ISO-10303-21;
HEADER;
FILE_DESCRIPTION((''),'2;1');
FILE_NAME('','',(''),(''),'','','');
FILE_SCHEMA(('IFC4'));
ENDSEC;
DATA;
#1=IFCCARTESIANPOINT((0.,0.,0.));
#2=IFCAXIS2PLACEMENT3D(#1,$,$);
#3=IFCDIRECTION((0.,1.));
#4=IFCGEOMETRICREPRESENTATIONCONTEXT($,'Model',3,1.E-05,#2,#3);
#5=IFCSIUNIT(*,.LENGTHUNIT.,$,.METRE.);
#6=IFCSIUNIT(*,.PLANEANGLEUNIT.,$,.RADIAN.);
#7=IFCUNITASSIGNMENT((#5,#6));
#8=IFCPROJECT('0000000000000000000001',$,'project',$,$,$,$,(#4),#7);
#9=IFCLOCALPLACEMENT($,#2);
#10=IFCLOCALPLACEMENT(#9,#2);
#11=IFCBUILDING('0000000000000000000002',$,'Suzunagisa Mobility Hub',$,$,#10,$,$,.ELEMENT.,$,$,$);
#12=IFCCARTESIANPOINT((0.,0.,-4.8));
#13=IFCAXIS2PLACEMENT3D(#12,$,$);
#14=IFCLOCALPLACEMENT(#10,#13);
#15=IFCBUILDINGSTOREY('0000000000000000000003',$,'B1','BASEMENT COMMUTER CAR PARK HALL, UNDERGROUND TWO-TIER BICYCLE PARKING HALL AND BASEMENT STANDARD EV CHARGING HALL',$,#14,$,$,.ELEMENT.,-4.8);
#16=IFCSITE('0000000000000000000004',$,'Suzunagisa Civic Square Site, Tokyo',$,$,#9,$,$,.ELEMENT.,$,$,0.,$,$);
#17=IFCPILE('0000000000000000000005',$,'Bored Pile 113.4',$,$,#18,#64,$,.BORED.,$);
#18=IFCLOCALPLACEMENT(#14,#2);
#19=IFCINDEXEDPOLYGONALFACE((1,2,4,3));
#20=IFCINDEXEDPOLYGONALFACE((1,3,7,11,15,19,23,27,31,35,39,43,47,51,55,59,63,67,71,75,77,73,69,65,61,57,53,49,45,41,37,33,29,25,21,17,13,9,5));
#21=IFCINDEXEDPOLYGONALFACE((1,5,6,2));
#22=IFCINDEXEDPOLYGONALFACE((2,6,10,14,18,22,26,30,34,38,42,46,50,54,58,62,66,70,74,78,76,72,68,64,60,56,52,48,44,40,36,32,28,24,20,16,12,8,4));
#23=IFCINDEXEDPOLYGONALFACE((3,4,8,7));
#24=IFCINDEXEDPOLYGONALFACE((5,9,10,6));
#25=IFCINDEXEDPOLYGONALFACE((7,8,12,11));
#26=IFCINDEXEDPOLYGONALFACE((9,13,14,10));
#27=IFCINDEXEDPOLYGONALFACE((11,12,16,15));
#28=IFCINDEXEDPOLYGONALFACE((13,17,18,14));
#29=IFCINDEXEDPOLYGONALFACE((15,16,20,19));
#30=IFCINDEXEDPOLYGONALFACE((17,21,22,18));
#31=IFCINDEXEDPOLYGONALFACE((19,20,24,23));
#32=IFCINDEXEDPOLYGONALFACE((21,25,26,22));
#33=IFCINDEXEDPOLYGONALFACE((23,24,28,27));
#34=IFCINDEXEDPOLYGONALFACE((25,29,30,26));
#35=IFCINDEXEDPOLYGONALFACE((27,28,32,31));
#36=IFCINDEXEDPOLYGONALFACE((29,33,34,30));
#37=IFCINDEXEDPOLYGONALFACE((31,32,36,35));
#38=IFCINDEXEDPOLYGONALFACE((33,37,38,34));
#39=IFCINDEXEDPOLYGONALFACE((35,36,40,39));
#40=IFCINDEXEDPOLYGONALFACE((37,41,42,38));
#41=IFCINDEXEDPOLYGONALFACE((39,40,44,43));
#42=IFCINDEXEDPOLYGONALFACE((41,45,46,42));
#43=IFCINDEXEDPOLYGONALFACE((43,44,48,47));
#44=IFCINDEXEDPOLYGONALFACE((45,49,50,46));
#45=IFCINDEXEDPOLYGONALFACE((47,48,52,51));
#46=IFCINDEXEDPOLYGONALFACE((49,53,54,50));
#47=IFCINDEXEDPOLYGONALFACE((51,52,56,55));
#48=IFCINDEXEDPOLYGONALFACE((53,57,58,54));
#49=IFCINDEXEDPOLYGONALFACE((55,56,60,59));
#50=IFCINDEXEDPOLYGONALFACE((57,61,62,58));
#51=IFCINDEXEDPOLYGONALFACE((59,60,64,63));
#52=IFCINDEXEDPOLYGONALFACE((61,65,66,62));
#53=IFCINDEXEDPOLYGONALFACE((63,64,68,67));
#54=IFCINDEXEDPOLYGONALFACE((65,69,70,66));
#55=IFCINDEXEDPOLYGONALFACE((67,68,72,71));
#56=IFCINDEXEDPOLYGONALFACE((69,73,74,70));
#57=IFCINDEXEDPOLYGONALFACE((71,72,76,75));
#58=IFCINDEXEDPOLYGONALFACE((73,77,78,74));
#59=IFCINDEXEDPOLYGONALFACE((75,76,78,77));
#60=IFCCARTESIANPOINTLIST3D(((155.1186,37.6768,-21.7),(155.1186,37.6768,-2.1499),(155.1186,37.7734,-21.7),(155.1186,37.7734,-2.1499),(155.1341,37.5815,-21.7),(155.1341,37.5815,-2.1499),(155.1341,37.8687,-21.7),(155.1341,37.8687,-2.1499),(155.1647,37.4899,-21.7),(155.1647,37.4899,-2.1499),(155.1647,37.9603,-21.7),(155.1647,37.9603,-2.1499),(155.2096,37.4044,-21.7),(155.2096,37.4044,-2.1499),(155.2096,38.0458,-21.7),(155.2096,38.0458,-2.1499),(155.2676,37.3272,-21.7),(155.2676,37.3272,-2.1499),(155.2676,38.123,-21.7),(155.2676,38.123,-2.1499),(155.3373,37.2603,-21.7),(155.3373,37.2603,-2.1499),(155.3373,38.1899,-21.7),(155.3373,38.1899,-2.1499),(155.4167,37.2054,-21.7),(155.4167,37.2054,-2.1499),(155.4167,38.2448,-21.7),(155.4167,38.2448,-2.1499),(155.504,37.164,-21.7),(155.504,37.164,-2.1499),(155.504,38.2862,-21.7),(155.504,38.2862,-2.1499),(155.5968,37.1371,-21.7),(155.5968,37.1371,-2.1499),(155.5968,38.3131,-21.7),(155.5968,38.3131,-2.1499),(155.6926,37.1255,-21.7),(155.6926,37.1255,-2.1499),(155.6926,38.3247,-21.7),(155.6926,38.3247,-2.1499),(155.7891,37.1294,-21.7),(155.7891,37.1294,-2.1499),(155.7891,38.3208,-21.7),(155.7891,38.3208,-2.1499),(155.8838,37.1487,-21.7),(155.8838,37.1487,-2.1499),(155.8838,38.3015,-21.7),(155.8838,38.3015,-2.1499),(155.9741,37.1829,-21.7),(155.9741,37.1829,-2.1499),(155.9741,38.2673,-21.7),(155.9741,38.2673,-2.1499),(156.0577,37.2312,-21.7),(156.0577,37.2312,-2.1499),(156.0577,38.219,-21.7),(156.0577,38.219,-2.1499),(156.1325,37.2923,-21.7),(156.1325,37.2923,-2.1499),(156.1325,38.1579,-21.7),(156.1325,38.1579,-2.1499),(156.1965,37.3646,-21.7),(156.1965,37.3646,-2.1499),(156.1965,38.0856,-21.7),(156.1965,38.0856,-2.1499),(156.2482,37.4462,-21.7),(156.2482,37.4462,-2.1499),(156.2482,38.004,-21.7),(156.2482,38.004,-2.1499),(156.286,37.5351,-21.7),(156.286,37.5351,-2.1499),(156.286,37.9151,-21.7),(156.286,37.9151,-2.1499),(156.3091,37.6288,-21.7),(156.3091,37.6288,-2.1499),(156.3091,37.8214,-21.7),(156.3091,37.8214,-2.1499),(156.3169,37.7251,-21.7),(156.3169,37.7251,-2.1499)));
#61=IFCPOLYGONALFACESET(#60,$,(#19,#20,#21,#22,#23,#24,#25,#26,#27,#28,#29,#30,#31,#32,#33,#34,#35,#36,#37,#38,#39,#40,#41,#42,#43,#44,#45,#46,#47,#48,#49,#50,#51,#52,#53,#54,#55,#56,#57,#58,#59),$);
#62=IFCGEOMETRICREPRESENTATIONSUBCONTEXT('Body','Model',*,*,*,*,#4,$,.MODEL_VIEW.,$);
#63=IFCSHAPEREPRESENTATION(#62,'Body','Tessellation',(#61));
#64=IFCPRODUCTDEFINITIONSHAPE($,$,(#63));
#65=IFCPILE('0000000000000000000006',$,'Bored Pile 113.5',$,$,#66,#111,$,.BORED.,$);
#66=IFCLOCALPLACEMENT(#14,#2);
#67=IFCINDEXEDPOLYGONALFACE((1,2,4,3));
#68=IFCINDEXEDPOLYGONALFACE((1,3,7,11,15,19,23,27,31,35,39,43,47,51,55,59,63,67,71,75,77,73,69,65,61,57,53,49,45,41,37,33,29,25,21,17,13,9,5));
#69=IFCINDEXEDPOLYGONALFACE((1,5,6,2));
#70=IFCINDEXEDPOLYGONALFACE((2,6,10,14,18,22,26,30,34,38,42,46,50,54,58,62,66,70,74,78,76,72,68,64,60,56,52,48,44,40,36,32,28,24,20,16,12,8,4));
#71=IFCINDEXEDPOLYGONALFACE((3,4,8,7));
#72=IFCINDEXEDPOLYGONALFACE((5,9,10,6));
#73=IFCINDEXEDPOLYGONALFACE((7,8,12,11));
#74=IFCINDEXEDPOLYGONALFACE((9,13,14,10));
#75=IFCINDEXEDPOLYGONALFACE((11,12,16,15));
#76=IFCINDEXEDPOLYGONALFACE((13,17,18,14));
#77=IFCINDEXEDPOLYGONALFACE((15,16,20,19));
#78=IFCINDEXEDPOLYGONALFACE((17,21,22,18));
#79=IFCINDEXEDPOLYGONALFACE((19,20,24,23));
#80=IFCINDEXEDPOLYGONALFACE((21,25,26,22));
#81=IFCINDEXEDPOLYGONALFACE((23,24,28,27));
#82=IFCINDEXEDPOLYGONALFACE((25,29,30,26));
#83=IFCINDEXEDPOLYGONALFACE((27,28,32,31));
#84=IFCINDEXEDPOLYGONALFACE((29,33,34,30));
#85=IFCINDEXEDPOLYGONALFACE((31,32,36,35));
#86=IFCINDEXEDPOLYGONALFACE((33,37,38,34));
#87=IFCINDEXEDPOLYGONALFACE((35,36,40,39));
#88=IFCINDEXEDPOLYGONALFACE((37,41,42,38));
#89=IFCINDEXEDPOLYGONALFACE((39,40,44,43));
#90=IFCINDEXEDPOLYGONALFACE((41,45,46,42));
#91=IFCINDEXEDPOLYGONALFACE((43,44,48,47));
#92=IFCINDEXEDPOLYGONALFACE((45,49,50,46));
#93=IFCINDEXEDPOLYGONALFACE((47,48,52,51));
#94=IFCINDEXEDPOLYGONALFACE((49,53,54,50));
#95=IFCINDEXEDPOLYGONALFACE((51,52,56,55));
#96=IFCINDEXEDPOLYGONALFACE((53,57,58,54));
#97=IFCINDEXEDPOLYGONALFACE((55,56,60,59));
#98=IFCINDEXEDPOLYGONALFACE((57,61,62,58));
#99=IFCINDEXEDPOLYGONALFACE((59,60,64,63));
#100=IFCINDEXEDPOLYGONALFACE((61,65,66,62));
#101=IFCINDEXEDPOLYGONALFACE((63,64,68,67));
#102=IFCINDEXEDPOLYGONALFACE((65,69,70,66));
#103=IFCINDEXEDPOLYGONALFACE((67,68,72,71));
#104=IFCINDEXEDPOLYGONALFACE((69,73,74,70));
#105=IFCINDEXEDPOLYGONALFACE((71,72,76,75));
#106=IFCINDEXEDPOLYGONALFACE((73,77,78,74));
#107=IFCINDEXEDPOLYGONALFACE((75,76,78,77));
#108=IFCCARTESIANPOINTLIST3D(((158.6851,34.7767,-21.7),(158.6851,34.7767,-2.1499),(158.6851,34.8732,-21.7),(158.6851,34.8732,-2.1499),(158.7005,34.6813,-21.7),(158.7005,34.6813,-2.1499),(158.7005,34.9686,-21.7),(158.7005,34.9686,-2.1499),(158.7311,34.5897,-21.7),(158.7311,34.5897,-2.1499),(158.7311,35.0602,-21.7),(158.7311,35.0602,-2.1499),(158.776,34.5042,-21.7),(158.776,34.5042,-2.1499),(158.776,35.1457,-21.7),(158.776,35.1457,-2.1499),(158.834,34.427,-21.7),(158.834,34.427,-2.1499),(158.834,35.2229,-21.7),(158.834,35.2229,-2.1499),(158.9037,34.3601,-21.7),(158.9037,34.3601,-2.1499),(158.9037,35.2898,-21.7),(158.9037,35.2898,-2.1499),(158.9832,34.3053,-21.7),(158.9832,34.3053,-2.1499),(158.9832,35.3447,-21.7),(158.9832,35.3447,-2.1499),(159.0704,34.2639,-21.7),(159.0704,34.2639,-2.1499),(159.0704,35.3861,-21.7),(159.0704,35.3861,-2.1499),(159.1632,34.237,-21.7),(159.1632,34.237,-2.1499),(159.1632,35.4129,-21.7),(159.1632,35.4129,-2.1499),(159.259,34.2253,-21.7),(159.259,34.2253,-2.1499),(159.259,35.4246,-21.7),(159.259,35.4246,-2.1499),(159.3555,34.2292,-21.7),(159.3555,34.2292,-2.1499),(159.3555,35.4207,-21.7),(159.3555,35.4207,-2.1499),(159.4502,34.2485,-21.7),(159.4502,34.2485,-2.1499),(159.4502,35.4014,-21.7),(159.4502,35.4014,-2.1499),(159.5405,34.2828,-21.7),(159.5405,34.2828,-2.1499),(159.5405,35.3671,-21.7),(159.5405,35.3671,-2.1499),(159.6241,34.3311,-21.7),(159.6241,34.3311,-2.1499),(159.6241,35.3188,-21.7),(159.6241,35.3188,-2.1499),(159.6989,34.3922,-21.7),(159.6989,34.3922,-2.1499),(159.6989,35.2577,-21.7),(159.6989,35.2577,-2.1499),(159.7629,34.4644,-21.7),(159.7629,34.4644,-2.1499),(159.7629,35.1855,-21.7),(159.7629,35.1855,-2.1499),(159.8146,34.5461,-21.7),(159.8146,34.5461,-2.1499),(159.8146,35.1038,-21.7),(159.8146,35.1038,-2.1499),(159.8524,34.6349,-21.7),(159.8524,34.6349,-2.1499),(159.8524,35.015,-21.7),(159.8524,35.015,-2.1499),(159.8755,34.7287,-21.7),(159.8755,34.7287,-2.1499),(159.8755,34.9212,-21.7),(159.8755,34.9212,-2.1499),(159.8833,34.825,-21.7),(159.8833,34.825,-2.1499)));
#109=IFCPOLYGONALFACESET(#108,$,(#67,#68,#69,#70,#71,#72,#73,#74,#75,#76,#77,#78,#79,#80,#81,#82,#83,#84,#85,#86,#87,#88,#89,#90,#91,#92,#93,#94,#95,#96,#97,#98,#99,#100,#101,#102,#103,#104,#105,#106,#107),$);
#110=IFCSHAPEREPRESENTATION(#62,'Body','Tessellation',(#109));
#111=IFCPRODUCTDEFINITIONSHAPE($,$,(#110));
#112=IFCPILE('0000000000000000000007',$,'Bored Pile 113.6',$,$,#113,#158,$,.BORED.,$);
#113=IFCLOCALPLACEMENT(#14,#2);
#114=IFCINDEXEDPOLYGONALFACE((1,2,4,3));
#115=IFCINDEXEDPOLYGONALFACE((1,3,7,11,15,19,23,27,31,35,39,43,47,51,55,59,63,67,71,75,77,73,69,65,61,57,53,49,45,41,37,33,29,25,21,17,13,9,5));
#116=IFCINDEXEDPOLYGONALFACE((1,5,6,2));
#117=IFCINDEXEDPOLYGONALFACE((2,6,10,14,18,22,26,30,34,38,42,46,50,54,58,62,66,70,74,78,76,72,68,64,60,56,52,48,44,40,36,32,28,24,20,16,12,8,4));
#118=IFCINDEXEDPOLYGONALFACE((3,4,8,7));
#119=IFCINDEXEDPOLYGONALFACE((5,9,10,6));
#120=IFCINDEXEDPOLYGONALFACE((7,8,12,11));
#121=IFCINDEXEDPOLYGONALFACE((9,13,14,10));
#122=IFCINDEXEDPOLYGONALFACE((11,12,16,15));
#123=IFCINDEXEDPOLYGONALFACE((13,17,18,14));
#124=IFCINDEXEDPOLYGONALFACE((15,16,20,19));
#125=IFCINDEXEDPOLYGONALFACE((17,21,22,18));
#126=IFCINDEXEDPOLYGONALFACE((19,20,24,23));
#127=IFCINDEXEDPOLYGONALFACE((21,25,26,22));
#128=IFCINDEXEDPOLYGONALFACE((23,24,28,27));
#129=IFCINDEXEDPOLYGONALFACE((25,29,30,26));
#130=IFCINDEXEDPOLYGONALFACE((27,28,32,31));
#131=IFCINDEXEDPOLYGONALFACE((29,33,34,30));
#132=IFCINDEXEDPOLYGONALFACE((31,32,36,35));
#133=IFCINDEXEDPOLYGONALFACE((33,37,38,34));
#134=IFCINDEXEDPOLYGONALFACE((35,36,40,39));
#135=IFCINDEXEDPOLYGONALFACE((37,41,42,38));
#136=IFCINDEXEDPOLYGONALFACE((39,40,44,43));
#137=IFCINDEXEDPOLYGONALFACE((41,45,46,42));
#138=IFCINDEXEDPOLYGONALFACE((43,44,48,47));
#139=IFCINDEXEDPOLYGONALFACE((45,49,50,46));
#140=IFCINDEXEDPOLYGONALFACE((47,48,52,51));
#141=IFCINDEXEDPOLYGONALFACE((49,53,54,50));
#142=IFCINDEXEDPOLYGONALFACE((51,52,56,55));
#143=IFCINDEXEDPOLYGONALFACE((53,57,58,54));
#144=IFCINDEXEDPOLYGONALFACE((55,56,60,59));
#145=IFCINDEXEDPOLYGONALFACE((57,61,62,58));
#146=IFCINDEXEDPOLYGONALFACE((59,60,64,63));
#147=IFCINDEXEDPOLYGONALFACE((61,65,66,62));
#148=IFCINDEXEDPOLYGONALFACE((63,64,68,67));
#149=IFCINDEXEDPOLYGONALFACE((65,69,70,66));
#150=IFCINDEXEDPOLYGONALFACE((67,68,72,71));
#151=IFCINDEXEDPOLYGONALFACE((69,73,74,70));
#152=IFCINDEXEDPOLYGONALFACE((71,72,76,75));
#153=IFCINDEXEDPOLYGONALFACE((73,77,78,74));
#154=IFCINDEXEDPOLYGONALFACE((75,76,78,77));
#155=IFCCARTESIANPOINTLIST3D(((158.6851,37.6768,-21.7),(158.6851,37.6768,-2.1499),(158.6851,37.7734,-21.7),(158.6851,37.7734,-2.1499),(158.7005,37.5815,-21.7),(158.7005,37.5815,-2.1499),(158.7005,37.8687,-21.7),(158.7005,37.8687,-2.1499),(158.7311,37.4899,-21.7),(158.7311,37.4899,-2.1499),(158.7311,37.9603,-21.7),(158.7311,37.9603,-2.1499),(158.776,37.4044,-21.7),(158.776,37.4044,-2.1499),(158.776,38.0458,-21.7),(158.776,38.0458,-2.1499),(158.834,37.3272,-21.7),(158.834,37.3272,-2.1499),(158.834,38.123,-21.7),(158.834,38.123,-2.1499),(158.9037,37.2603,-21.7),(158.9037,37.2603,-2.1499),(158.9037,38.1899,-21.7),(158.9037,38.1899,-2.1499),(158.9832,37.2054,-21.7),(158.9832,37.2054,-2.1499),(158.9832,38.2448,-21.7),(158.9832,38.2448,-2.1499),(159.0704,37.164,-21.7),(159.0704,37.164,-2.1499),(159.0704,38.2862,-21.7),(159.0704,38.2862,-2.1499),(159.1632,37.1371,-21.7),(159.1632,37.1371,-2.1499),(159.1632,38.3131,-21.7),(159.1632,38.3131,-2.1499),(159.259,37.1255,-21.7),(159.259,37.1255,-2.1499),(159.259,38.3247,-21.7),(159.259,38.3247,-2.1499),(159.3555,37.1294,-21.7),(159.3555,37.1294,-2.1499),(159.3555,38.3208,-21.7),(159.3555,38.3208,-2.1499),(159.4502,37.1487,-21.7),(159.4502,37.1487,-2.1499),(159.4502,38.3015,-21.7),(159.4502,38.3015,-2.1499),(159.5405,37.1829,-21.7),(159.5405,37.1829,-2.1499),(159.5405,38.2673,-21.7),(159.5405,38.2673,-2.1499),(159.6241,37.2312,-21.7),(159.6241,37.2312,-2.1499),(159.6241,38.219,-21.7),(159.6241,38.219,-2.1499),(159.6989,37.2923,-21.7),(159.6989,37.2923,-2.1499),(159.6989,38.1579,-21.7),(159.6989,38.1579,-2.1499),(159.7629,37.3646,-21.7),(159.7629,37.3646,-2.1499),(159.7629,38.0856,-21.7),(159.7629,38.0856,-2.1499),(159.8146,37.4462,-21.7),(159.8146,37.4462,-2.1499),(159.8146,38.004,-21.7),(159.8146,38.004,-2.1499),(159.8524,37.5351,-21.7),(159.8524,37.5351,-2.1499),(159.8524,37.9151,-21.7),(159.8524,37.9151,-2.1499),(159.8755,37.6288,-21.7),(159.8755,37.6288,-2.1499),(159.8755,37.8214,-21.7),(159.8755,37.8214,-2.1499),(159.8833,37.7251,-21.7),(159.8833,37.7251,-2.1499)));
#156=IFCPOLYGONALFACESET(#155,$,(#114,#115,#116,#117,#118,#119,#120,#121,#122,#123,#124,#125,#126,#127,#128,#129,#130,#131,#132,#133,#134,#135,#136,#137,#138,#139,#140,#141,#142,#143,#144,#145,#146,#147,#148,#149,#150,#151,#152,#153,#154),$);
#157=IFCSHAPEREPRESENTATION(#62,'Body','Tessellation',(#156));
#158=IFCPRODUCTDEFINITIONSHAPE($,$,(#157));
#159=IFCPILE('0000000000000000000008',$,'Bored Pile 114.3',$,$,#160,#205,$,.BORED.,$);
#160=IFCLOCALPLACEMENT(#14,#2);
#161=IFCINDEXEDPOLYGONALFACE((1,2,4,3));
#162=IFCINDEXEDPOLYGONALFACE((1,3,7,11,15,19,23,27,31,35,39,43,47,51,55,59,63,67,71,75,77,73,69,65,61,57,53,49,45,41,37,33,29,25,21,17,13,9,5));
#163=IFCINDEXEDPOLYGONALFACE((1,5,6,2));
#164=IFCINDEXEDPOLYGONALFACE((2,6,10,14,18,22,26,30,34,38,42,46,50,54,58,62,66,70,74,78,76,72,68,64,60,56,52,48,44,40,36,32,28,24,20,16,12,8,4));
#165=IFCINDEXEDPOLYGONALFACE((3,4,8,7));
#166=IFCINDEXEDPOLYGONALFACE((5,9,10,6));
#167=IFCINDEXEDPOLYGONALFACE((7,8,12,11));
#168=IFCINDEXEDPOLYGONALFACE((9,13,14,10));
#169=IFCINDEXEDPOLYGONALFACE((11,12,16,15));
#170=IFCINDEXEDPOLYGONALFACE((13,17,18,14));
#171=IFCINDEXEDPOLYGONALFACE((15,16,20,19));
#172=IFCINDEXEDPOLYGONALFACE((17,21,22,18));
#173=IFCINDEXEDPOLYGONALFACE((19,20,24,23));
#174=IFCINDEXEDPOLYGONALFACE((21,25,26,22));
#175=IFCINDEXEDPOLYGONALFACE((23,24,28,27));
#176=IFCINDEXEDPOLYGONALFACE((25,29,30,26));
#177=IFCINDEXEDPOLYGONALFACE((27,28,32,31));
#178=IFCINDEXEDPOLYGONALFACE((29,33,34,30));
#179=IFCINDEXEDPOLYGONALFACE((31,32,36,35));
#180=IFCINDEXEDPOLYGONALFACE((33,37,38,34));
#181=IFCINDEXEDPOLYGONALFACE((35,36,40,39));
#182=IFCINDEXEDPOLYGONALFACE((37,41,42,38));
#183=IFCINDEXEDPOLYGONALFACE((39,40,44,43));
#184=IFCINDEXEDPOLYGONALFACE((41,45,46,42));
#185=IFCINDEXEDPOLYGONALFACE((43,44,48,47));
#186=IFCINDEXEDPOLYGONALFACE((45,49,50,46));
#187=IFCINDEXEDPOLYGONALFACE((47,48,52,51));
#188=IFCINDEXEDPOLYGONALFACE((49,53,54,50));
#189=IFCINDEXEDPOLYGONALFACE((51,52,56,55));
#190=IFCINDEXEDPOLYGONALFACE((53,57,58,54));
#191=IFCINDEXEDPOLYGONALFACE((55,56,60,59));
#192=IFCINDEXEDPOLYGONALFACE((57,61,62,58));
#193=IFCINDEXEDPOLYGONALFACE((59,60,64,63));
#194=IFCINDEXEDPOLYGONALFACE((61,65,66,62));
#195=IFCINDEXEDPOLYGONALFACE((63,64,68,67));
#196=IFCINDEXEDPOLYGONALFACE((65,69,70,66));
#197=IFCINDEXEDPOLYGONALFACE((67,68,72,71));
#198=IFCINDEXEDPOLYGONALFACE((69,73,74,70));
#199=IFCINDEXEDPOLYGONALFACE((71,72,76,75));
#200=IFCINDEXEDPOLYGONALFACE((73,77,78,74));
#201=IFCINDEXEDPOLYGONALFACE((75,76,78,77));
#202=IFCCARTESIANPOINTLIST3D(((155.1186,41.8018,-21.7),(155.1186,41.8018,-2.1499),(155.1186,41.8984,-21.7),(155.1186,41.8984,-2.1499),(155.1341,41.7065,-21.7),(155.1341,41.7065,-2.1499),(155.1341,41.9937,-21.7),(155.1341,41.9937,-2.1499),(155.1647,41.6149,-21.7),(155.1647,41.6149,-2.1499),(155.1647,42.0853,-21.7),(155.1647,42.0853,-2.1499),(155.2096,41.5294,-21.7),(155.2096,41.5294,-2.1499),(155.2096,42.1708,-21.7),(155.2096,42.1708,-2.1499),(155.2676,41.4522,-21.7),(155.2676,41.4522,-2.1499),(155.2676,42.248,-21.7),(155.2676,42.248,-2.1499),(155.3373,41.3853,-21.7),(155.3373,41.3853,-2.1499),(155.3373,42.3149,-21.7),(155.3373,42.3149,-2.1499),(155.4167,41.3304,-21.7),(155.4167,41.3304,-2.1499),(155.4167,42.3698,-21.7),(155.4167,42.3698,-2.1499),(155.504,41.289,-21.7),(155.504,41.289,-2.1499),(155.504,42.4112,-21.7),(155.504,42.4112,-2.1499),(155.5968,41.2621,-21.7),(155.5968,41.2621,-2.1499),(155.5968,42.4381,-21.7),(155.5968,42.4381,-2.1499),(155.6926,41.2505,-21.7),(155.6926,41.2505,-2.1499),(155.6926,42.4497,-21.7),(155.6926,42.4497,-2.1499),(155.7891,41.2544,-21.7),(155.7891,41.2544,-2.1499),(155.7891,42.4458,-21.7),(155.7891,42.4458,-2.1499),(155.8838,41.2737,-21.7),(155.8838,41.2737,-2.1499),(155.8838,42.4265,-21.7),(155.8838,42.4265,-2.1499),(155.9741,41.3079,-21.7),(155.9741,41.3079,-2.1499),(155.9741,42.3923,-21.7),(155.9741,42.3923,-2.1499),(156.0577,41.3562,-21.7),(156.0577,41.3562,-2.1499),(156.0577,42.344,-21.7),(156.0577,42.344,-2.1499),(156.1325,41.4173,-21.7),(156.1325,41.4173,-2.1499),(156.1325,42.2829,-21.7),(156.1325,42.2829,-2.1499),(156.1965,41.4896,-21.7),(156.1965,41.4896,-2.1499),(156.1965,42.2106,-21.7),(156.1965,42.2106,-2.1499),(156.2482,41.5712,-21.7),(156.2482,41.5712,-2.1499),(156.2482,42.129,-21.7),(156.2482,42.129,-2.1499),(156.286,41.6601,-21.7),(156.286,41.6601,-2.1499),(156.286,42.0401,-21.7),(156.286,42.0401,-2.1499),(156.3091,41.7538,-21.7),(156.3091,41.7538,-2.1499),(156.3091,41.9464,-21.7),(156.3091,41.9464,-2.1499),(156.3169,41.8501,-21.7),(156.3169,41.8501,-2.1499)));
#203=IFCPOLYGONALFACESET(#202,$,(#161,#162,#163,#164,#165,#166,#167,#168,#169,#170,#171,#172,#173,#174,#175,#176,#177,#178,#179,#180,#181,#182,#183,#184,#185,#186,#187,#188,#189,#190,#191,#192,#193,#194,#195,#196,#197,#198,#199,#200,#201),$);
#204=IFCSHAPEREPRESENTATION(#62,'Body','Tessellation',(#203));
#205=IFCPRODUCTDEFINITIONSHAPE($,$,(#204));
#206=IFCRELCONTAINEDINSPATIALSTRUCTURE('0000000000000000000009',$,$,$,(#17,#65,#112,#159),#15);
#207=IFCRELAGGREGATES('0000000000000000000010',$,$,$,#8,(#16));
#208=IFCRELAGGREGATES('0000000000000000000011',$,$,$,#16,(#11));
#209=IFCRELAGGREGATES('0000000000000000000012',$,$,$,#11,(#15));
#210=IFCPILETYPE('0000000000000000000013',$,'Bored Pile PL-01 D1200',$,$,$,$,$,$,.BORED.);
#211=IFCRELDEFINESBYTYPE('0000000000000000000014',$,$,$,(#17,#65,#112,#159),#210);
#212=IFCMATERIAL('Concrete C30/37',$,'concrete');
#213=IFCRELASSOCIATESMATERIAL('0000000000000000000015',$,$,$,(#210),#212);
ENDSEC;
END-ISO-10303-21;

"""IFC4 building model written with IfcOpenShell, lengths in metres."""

from ifc_helpers import new_model, si_unit, direction, frame, origin, origin_2d, place, context, subcontext, project, spatial, circle, extrude, material, material_profile, profile_set, type_object, element, save


model = new_model("IFC4")

# Units and contexts
model_context = context("Model", 3, precision=1e-05, world=origin(), true_north=direction((0.0, 1.0)))
body_context = subcontext(model_context, "Body", "Model", "MODEL_VIEW")
ifc_project = project(units=[si_unit("LENGTHUNIT", "METRE"), si_unit("PLANEANGLEUNIT", "RADIAN")], contexts=[model_context])

# Site, building, storey
site_placement = place(None, origin())
site = spatial("IfcSite", under=ifc_project, at=site_placement, Name="Suzunagisa Civic Square Site, Tokyo", CompositionType="ELEMENT", RefElevation=0.0)
building_placement = place(site_placement, origin())
building = spatial("IfcBuilding", under=site, at=building_placement, Name="Suzunagisa Mobility Hub", CompositionType="ELEMENT")
storey_placement = place(building_placement, frame((0.0, 0.0, -4.8)))
storey = spatial("IfcBuildingStorey", under=building, at=storey_placement, Name="B1", Description="BASEMENT COMMUTER CAR PARK HALL, UNDERGROUND TWO-TIER BICYCLE PARKING HALL AND BASEMENT STANDARD EV CHARGING HALL", CompositionType="ELEMENT", Elevation=-4.8)

# Piles
ifc_material_1 = material(Name="Concrete C30/37", Category="concrete")
ifc_material_profile_1 = material_profile(ifc_material_1, circle(Radius=0.6001, at=origin_2d()), Name="BORED PILE D1200")
ifc_profile_set_1 = profile_set([ifc_material_profile_1], Name="Concrete C30/37")
pile_type = type_object("IfcPileType", Name="Bored Pile PL-01 D1200", PredefinedType="BORED", material=ifc_profile_set_1)
for number, where, z_axis, x_axis, name in (
    (1, (155.7168, 37.7251, -2.1499), (0.0, 0.0, -1.0), (1.0, 0.0, 0.0), "Bored Pile 113.4"),
    (2, (159.2832, 34.825, -2.1499), (0.0, 0.0, -1.0), (1.0, 0.0, 0.0), "Bored Pile 113.5"),
    (3, (159.2832, 37.7251, -2.1499), (0.0, 0.0, -1.0), (1.0, 0.0, 0.0), "Bored Pile 113.6"),
    (4, (155.7168, 41.8501, -2.1499), (0.0, 0.0, -1.0), (1.0, 0.0, 0.0), "Bored Pile 114.3"),
):
    element("IfcPile", number, at=place(storey_placement, frame(where, z_axis=z_axis, x_axis=x_axis)), inside=storey, type_object=pile_type, Name=name, PredefinedType="BORED", context=body_context, shape_type="SweptSolid", body=[
        extrude(circle(Radius=0.6001, at=origin_2d()), origin(), (0.0, 0.0, 1.0), 19.55),
    ])

save(model, "model.ifc")
